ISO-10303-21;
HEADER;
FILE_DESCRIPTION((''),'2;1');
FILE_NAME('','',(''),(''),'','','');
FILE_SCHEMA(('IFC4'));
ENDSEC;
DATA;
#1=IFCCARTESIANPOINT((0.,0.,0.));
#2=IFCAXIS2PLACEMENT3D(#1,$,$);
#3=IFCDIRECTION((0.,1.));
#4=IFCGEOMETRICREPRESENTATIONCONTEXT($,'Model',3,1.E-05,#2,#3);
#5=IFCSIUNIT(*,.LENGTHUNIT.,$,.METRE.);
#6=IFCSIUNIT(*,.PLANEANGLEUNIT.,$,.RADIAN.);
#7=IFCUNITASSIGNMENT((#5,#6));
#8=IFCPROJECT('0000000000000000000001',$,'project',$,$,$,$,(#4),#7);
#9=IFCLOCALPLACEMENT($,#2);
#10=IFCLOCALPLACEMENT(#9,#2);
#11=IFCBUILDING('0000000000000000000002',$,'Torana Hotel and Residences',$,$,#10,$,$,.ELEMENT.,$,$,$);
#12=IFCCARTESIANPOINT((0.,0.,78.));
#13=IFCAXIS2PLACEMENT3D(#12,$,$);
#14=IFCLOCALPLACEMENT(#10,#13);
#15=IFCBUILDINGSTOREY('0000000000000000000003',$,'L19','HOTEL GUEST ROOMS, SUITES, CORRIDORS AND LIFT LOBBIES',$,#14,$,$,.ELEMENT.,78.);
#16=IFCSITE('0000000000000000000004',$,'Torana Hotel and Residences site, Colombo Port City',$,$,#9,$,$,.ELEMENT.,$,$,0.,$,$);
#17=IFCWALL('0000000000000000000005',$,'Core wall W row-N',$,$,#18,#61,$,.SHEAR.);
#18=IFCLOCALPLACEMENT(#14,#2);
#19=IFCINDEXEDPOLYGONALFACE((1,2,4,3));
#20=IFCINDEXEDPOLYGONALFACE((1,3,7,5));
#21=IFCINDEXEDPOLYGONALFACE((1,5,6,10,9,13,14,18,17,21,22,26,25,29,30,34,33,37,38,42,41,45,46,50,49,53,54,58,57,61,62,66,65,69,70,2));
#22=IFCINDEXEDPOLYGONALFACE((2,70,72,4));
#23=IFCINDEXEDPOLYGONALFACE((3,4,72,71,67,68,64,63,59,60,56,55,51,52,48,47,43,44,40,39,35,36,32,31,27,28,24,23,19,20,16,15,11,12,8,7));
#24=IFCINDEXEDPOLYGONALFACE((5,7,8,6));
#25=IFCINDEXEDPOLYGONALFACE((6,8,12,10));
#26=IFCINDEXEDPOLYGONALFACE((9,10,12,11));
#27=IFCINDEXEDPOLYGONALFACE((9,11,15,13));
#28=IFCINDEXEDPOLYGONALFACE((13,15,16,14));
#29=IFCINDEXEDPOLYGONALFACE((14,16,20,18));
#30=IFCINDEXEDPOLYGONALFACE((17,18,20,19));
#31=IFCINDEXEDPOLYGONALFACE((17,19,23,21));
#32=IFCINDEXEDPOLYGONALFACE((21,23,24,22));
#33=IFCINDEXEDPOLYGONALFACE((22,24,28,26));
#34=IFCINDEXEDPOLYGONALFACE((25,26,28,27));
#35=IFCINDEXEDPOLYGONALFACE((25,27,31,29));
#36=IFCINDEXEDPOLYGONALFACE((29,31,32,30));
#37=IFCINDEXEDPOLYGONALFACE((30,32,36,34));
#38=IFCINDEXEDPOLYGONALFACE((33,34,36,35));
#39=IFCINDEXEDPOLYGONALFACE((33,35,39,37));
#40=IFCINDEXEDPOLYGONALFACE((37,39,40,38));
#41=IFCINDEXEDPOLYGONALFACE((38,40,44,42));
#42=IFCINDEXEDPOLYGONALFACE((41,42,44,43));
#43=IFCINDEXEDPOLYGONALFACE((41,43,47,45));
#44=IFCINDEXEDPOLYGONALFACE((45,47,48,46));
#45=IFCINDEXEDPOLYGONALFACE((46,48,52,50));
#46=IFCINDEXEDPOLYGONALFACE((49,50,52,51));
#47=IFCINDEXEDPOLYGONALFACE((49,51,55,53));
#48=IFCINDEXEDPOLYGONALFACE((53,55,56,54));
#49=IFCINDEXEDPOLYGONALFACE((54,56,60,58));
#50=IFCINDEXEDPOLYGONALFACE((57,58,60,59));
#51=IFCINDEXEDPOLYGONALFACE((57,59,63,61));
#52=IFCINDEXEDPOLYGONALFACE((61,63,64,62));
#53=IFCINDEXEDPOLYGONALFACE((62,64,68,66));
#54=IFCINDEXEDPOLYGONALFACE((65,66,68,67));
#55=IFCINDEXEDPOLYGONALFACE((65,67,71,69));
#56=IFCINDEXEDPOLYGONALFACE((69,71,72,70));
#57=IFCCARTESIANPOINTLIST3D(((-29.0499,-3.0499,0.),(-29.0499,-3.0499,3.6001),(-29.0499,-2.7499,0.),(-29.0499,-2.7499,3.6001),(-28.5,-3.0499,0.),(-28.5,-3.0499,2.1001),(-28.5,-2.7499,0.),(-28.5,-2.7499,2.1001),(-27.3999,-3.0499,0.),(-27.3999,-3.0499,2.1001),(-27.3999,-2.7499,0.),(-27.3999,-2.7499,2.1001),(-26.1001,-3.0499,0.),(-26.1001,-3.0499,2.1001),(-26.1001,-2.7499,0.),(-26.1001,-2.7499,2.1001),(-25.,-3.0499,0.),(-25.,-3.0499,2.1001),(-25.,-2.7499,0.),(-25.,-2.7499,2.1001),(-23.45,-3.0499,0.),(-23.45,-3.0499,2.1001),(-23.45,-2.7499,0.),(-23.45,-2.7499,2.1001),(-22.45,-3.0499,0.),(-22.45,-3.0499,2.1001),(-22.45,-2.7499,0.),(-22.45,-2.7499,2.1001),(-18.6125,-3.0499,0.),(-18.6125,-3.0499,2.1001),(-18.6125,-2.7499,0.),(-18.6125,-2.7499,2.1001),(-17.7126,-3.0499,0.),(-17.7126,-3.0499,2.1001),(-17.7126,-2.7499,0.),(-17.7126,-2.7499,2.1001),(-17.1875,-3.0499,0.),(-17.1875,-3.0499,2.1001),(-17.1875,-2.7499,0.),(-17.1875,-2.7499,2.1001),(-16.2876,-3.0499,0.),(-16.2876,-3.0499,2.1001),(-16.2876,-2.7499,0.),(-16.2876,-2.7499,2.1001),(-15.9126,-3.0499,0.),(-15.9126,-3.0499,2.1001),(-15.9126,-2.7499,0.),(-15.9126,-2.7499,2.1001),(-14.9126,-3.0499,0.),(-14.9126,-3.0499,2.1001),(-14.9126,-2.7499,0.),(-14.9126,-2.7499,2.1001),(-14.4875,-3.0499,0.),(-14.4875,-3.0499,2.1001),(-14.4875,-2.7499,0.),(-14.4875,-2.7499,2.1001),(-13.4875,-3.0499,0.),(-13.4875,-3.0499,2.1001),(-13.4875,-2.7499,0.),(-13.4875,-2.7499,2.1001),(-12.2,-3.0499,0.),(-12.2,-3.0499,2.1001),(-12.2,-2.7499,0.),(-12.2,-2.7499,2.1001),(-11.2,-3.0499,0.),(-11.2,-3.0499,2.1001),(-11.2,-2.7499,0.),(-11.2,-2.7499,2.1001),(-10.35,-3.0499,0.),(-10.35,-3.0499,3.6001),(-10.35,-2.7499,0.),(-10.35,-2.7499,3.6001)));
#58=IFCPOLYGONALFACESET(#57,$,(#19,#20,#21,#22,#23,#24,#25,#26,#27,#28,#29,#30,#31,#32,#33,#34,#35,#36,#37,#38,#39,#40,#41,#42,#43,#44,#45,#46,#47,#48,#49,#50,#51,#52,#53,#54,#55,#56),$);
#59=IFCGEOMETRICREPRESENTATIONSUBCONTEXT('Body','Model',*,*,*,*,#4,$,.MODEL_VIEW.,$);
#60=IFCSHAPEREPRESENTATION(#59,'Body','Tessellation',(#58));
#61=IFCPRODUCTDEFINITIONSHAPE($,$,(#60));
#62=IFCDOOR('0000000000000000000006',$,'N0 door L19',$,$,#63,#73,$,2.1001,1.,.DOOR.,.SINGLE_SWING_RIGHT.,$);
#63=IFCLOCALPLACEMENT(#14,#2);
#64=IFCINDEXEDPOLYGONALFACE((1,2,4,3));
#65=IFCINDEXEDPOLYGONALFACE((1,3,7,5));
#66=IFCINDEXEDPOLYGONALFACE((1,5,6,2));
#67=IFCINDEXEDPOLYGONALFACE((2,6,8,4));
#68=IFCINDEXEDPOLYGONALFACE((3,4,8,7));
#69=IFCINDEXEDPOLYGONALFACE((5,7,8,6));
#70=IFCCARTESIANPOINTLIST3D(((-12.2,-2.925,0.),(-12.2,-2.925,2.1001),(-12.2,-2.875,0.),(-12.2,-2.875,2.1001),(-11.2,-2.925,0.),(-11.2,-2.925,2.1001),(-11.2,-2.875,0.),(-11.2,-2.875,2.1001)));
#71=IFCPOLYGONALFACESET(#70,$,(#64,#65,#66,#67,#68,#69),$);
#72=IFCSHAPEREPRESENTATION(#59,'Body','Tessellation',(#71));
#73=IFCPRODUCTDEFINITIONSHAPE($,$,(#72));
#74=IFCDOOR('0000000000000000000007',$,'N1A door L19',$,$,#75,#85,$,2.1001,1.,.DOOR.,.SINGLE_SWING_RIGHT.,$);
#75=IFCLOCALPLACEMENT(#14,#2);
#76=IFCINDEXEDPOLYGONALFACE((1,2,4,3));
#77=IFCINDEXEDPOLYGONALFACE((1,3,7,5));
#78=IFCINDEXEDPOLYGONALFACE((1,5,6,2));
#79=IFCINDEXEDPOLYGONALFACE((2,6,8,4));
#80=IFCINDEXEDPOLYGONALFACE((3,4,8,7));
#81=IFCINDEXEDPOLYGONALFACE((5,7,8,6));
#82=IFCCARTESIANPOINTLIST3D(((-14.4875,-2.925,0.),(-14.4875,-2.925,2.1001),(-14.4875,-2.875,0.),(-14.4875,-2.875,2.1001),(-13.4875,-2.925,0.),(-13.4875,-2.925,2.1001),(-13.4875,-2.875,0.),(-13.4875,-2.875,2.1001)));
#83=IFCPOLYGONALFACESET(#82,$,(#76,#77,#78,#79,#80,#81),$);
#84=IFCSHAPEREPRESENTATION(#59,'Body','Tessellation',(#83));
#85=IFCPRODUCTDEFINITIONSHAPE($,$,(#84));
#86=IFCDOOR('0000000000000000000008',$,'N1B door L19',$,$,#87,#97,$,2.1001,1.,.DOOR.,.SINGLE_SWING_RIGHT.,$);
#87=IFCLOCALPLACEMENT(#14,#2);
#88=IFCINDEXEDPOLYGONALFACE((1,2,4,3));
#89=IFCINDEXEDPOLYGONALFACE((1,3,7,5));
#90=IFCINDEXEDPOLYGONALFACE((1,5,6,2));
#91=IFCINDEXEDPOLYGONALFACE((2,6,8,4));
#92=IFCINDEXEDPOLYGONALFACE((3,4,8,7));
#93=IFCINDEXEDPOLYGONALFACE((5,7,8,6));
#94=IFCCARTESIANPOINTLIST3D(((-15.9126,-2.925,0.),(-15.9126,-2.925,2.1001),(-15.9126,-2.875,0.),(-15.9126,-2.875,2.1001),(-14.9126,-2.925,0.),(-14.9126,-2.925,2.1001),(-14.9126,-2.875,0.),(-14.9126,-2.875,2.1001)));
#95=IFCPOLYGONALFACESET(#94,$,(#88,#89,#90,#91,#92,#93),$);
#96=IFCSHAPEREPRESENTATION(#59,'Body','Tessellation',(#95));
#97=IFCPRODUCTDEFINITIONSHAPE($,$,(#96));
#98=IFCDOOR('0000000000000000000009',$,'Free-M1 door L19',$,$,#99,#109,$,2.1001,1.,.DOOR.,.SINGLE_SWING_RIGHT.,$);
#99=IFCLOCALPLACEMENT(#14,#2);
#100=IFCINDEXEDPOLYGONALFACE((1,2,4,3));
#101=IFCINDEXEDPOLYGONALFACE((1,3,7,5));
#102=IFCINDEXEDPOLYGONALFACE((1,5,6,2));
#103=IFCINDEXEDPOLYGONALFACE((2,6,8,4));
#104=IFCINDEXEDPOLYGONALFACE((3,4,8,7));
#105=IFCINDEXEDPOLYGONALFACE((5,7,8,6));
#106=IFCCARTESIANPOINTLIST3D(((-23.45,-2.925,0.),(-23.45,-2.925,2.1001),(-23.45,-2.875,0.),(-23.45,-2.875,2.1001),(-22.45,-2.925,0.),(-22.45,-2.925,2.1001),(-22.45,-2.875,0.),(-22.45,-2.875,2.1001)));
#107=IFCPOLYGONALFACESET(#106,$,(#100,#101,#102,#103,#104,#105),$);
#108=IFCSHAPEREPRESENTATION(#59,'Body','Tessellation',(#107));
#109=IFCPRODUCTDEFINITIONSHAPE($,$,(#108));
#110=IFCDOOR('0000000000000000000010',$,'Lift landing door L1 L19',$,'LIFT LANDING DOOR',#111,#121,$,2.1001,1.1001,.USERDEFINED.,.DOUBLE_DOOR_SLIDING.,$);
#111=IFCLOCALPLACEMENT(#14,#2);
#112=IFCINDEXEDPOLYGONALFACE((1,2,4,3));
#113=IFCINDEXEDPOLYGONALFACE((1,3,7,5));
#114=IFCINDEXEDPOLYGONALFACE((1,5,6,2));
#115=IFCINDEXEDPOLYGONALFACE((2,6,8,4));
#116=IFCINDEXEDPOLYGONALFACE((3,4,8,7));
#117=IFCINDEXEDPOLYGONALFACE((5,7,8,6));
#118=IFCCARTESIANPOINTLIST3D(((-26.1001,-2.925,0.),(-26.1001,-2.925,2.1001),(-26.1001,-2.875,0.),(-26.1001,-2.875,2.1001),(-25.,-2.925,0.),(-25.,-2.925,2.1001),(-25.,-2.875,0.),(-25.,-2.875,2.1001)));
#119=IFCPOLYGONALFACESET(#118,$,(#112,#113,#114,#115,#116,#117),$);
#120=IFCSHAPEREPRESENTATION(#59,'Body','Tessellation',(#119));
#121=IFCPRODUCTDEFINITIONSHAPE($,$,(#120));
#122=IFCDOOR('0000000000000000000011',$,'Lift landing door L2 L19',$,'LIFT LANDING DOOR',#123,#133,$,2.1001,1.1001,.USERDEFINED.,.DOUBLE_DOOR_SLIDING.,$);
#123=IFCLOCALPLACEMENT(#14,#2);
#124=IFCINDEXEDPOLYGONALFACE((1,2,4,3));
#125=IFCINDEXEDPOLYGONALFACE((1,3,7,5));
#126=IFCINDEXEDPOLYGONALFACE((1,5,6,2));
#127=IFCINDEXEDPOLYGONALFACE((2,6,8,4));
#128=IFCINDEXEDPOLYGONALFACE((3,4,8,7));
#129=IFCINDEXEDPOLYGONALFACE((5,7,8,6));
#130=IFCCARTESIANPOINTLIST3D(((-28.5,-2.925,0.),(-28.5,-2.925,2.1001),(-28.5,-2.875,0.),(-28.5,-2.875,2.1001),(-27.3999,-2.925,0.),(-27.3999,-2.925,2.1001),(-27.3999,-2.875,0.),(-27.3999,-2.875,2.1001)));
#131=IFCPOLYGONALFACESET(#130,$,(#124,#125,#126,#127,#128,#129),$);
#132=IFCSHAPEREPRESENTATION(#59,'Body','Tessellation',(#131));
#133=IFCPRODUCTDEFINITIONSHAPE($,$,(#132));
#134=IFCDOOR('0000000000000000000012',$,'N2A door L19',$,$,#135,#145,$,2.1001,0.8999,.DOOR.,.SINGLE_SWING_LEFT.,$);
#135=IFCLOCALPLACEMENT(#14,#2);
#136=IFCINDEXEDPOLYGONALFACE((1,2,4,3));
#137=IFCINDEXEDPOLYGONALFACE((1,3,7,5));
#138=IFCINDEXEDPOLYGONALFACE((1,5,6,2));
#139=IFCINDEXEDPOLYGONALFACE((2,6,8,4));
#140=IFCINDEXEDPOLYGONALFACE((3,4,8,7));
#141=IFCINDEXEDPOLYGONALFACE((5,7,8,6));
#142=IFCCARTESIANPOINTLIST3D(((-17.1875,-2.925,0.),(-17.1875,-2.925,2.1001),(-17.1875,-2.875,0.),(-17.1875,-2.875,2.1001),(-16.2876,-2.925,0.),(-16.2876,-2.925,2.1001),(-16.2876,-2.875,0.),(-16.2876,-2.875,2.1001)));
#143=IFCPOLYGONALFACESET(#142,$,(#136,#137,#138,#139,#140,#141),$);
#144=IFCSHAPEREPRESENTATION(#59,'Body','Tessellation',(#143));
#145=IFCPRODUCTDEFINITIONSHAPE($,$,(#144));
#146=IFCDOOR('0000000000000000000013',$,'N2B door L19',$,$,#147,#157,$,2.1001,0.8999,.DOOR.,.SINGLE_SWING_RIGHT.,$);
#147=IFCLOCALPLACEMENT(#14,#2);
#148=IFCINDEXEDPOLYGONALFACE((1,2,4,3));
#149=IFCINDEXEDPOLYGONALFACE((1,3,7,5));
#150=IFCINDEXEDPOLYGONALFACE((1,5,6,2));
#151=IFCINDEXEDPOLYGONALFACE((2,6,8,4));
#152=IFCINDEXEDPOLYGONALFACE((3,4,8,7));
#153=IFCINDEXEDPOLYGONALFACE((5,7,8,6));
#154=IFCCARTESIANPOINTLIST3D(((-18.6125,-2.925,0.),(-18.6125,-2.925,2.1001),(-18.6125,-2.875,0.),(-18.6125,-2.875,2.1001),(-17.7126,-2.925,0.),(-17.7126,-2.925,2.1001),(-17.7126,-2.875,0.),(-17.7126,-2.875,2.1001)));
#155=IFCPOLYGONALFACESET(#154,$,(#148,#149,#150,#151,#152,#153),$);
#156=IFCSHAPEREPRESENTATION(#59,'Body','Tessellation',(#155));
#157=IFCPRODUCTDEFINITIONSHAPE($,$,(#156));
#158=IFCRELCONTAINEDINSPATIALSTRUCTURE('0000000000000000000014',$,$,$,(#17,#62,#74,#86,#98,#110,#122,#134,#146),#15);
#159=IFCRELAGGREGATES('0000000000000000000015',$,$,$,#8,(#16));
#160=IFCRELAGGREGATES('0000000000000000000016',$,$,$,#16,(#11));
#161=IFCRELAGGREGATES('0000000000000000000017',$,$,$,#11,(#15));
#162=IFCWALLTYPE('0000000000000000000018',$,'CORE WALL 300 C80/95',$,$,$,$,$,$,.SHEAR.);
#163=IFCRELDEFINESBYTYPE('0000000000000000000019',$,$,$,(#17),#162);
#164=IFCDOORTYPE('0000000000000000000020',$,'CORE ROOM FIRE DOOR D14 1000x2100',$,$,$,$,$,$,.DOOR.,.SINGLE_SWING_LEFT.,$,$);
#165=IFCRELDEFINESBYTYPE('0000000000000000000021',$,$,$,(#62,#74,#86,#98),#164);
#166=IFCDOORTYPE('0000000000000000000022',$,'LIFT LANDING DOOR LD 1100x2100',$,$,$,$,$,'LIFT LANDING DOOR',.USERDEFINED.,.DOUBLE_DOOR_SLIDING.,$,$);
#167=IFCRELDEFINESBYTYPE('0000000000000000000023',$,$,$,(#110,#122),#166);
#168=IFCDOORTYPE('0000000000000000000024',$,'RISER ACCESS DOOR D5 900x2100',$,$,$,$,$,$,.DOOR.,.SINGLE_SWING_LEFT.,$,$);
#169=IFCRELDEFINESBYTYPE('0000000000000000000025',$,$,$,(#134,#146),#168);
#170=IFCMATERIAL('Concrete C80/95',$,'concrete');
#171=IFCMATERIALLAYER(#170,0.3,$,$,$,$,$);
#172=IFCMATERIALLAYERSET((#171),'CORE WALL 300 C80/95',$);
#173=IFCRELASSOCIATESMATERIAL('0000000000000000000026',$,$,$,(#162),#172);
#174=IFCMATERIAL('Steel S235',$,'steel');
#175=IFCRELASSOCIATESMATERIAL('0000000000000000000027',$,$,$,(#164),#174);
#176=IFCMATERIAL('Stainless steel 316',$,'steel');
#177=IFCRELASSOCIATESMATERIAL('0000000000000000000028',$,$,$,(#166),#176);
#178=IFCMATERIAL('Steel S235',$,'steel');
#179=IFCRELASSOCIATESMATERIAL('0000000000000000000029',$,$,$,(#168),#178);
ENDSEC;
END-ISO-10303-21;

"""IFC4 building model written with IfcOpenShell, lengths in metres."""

from ifc_helpers import new_model, si_unit, direction, frame, frame_2d, origin, place, context, subcontext, project, spatial, rectangle, extrude, material, layer, layer_set, type_object, element, fill, save


model = new_model("IFC4")

# Units and contexts
model_context = context("Model", 3, precision=1e-05, world=origin(), true_north=direction((0.0, 1.0)))
body_context = subcontext(model_context, "Body", "Model", "MODEL_VIEW")
ifc_project = project(units=[si_unit("LENGTHUNIT", "METRE"), si_unit("PLANEANGLEUNIT", "RADIAN")], contexts=[model_context])

# Site, building, storey
site_placement = place(None, origin())
site = spatial("IfcSite", under=ifc_project, at=site_placement, Name="Torana Hotel and Residences site, Colombo Port City", CompositionType="ELEMENT", RefElevation=0.0)
building_placement = place(site_placement, origin())
building = spatial("IfcBuilding", under=site, at=building_placement, Name="Torana Hotel and Residences", CompositionType="ELEMENT")
storey_placement = place(building_placement, frame((0.0, 0.0, 78.0)))
storey = spatial("IfcBuildingStorey", under=building, at=storey_placement, Name="L19", Description="HOTEL GUEST ROOMS, SUITES, CORRIDORS AND LIFT LOBBIES", CompositionType="ELEMENT", Elevation=78.0)

# Wall, openings, doors
ifc_material_1 = material(Name="Concrete C80/95", Category="concrete")
ifc_layer_1 = layer(ifc_material_1, 0.3)
ifc_layer_set_1 = layer_set([ifc_layer_1], Name="CORE WALL 300 C80/95")
wall_type_1 = type_object("IfcWallType", Name="CORE WALL 300 C80/95", PredefinedType="SHEAR", material=ifc_layer_set_1)
wall_1_placement = place(storey_placement, frame((-29.05, -2.8999, 0.0), z_axis=(0.0, 0.0, 1.0), x_axis=(1.0, 0.0, 0.0)))
wall_1 = element("IfcWall", 1, at=wall_1_placement, inside=storey, type_object=wall_type_1, Name="Core wall W row-N", PredefinedType="SHEAR", context=body_context, shape_type="SweptSolid", body=[
    extrude(rectangle(XDim=18.7, YDim=0.3, at=frame_2d((9.3501, 0.0))), origin(), (0.0, 0.0, 1.0), 3.6001),
])
opening_1_placement = place(wall_1_placement, frame((2.95, 0.0, 0.0)))
opening_1 = element("IfcOpeningElement", 2, at=opening_1_placement, cuts=wall_1, PredefinedType="OPENING", context=body_context, shape_type="SweptSolid", body=[
    extrude(rectangle(XDim=1.1001, YDim=2.1001, at=frame_2d((0.55, 1.05))), frame((0.0, 0.1599, 0.0), z_axis=(0.0, -1.0, 0.0), x_axis=(1.0, 0.0, 0.0)), (0.0, 0.0, 1.0), 0.3201),
])
opening_2_placement = place(wall_1_placement, frame((0.55, 0.0, 0.0)))
opening_2 = element("IfcOpeningElement", 3, at=opening_2_placement, cuts=wall_1, PredefinedType="OPENING", context=body_context, shape_type="SweptSolid", body=[
    extrude(rectangle(XDim=1.1001, YDim=2.1001, at=frame_2d((0.55, 1.05))), frame((0.0, 0.1599, 0.0), z_axis=(0.0, -1.0, 0.0), x_axis=(1.0, 0.0, 0.0)), (0.0, 0.0, 1.0), 0.3201),
])
opening_3_placement = place(wall_1_placement, frame((11.8625, 0.0, 0.0)))
opening_3 = element("IfcOpeningElement", 4, at=opening_3_placement, cuts=wall_1, PredefinedType="OPENING", context=body_context, shape_type="SweptSolid", body=[
    extrude(rectangle(XDim=0.8999, YDim=2.1001, at=frame_2d((0.45, 1.05))), frame((0.0, 0.1599, 0.0), z_axis=(0.0, -1.0, 0.0), x_axis=(1.0, 0.0, 0.0)), (0.0, 0.0, 1.0), 0.3201),
])
opening_4_placement = place(wall_1_placement, frame((10.4375, 0.0, 0.0)))
opening_4 = element("IfcOpeningElement", 5, at=opening_4_placement, cuts=wall_1, PredefinedType="OPENING", context=body_context, shape_type="SweptSolid", body=[
    extrude(rectangle(XDim=0.8999, YDim=2.1001, at=frame_2d((0.45, 1.05))), frame((0.0, 0.1599, 0.0), z_axis=(0.0, -1.0, 0.0), x_axis=(1.0, 0.0, 0.0)), (0.0, 0.0, 1.0), 0.3201),
])
opening_5_placement = place(wall_1_placement, frame((16.8501, 0.0, 0.0)))
opening_5 = element("IfcOpeningElement", 6, at=opening_5_placement, cuts=wall_1, PredefinedType="OPENING", context=body_context, shape_type="SweptSolid", body=[
    extrude(rectangle(XDim=1.0, YDim=2.1001, at=frame_2d((0.5, 1.05))), frame((0.0, 0.1599, 0.0), z_axis=(0.0, -1.0, 0.0), x_axis=(1.0, 0.0, 0.0)), (0.0, 0.0, 1.0), 0.3201),
])
opening_6_placement = place(wall_1_placement, frame((14.5625, 0.0, 0.0)))
opening_6 = element("IfcOpeningElement", 7, at=opening_6_placement, cuts=wall_1, PredefinedType="OPENING", context=body_context, shape_type="SweptSolid", body=[
    extrude(rectangle(XDim=1.0, YDim=2.1001, at=frame_2d((0.5, 1.05))), frame((0.0, 0.1599, 0.0), z_axis=(0.0, -1.0, 0.0), x_axis=(1.0, 0.0, 0.0)), (0.0, 0.0, 1.0), 0.3201),
])
opening_7_placement = place(wall_1_placement, frame((13.1375, 0.0, 0.0)))
opening_7 = element("IfcOpeningElement", 8, at=opening_7_placement, cuts=wall_1, PredefinedType="OPENING", context=body_context, shape_type="SweptSolid", body=[
    extrude(rectangle(XDim=1.0, YDim=2.1001, at=frame_2d((0.5, 1.05))), frame((0.0, 0.1599, 0.0), z_axis=(0.0, -1.0, 0.0), x_axis=(1.0, 0.0, 0.0)), (0.0, 0.0, 1.0), 0.3201),
])
opening_8_placement = place(wall_1_placement, frame((5.6001, 0.0, 0.0)))
opening_8 = element("IfcOpeningElement", 9, at=opening_8_placement, cuts=wall_1, PredefinedType="OPENING", context=body_context, shape_type="SweptSolid", body=[
    extrude(rectangle(XDim=1.0, YDim=2.1001, at=frame_2d((0.5, 1.05))), frame((0.0, 0.1599, 0.0), z_axis=(0.0, -1.0, 0.0), x_axis=(1.0, 0.0, 0.0)), (0.0, 0.0, 1.0), 0.3201),
])
ifc_material_2 = material(Name="Steel S235", Category="steel")
door_type_1 = type_object("IfcDoorType", Name="CORE ROOM FIRE DOOR D14 1000x2100", OperationType="SINGLE_SWING_LEFT", PredefinedType="DOOR", material=ifc_material_2)
door_1_placement = place(opening_5_placement, origin())
door_1 = element("IfcDoor", 10, at=door_1_placement, inside=storey, type_object=door_type_1, Name="N0 door L19", OperationType="SINGLE_SWING_RIGHT", OverallHeight=2.1001, OverallWidth=1.0, PredefinedType="DOOR", context=body_context, shape_type="SweptSolid", body=[
    extrude(rectangle(XDim=1.0, YDim=2.1001, at=frame_2d((0.5, 1.05))), frame((0.0, 0.0249, 0.0), z_axis=(0.0, -1.0, 0.0), x_axis=(1.0, 0.0, 0.0)), (0.0, 0.0, 1.0), 0.05),
])
fill(opening_5, door_1)
door_2_placement = place(opening_6_placement, origin())
door_2 = element("IfcDoor", 11, at=door_2_placement, inside=storey, type_object=door_type_1, Name="N1A door L19", OperationType="SINGLE_SWING_RIGHT", OverallHeight=2.1001, OverallWidth=1.0, PredefinedType="DOOR", context=body_context, shape_type="SweptSolid", body=[
    extrude(rectangle(XDim=1.0, YDim=2.1001, at=frame_2d((0.5, 1.05))), frame((0.0, 0.0249, 0.0), z_axis=(0.0, -1.0, 0.0), x_axis=(1.0, 0.0, 0.0)), (0.0, 0.0, 1.0), 0.05),
])
fill(opening_6, door_2)
door_3_placement = place(opening_7_placement, origin())
door_3 = element("IfcDoor", 12, at=door_3_placement, inside=storey, type_object=door_type_1, Name="N1B door L19", OperationType="SINGLE_SWING_RIGHT", OverallHeight=2.1001, OverallWidth=1.0, PredefinedType="DOOR", context=body_context, shape_type="SweptSolid", body=[
    extrude(rectangle(XDim=1.0, YDim=2.1001, at=frame_2d((0.5, 1.05))), frame((0.0, 0.0249, 0.0), z_axis=(0.0, -1.0, 0.0), x_axis=(1.0, 0.0, 0.0)), (0.0, 0.0, 1.0), 0.05),
])
fill(opening_7, door_3)
door_4_placement = place(opening_8_placement, origin())
door_4 = element("IfcDoor", 13, at=door_4_placement, inside=storey, type_object=door_type_1, Name="Free-M1 door L19", OperationType="SINGLE_SWING_RIGHT", OverallHeight=2.1001, OverallWidth=1.0, PredefinedType="DOOR", context=body_context, shape_type="SweptSolid", body=[
    extrude(rectangle(XDim=1.0, YDim=2.1001, at=frame_2d((0.5, 1.05))), frame((0.0, 0.0249, 0.0), z_axis=(0.0, -1.0, 0.0), x_axis=(1.0, 0.0, 0.0)), (0.0, 0.0, 1.0), 0.05),
])
fill(opening_8, door_4)
ifc_material_3 = material(Name="Stainless steel 316", Category="steel")
door_type_2 = type_object("IfcDoorType", Name="LIFT LANDING DOOR LD 1100x2100", ElementType="LIFT LANDING DOOR", OperationType="DOUBLE_DOOR_SLIDING", PredefinedType="USERDEFINED", material=ifc_material_3)
door_5_placement = place(opening_1_placement, origin())
door_5 = element("IfcDoor", 14, at=door_5_placement, inside=storey, type_object=door_type_2, Name="Lift landing door L1 L19", ObjectType="LIFT LANDING DOOR", OperationType="DOUBLE_DOOR_SLIDING", OverallHeight=2.1001, OverallWidth=1.1001, PredefinedType="USERDEFINED", context=body_context, shape_type="SweptSolid", body=[
    extrude(rectangle(XDim=1.1001, YDim=2.1001, at=frame_2d((0.55, 1.05))), frame((0.0, 0.0249, 0.0), z_axis=(0.0, -1.0, 0.0), x_axis=(1.0, 0.0, 0.0)), (0.0, 0.0, 1.0), 0.05),
])
fill(opening_1, door_5)
door_6_placement = place(opening_2_placement, origin())
door_6 = element("IfcDoor", 15, at=door_6_placement, inside=storey, type_object=door_type_2, Name="Lift landing door L2 L19", ObjectType="LIFT LANDING DOOR", OperationType="DOUBLE_DOOR_SLIDING", OverallHeight=2.1001, OverallWidth=1.1001, PredefinedType="USERDEFINED", context=body_context, shape_type="SweptSolid", body=[
    extrude(rectangle(XDim=1.1001, YDim=2.1001, at=frame_2d((0.55, 1.05))), frame((0.0, 0.0249, 0.0), z_axis=(0.0, -1.0, 0.0), x_axis=(1.0, 0.0, 0.0)), (0.0, 0.0, 1.0), 0.05),
])
fill(opening_2, door_6)
ifc_material_4 = material(Name="Steel S235", Category="steel")
door_type_3 = type_object("IfcDoorType", Name="RISER ACCESS DOOR D5 900x2100", OperationType="SINGLE_SWING_LEFT", PredefinedType="DOOR", material=ifc_material_4)
door_7_placement = place(opening_3_placement, origin())
door_7 = element("IfcDoor", 16, at=door_7_placement, inside=storey, type_object=door_type_3, Name="N2A door L19", OperationType="SINGLE_SWING_LEFT", OverallHeight=2.1001, OverallWidth=0.8999, PredefinedType="DOOR", context=body_context, shape_type="SweptSolid", body=[
    extrude(rectangle(XDim=0.8999, YDim=2.1001, at=frame_2d((0.45, 1.05))), frame((0.0, 0.0249, 0.0), z_axis=(0.0, -1.0, 0.0), x_axis=(1.0, 0.0, 0.0)), (0.0, 0.0, 1.0), 0.05),
])
fill(opening_3, door_7)
door_8_placement = place(opening_4_placement, origin())
door_8 = element("IfcDoor", 17, at=door_8_placement, inside=storey, type_object=door_type_3, Name="N2B door L19", OperationType="SINGLE_SWING_RIGHT", OverallHeight=2.1001, OverallWidth=0.8999, PredefinedType="DOOR", context=body_context, shape_type="SweptSolid", body=[
    extrude(rectangle(XDim=0.8999, YDim=2.1001, at=frame_2d((0.45, 1.05))), frame((0.0, 0.0249, 0.0), z_axis=(0.0, -1.0, 0.0), x_axis=(1.0, 0.0, 0.0)), (0.0, 0.0, 1.0), 0.05),
])
fill(opening_4, door_8)

save(model, "model.ifc")
